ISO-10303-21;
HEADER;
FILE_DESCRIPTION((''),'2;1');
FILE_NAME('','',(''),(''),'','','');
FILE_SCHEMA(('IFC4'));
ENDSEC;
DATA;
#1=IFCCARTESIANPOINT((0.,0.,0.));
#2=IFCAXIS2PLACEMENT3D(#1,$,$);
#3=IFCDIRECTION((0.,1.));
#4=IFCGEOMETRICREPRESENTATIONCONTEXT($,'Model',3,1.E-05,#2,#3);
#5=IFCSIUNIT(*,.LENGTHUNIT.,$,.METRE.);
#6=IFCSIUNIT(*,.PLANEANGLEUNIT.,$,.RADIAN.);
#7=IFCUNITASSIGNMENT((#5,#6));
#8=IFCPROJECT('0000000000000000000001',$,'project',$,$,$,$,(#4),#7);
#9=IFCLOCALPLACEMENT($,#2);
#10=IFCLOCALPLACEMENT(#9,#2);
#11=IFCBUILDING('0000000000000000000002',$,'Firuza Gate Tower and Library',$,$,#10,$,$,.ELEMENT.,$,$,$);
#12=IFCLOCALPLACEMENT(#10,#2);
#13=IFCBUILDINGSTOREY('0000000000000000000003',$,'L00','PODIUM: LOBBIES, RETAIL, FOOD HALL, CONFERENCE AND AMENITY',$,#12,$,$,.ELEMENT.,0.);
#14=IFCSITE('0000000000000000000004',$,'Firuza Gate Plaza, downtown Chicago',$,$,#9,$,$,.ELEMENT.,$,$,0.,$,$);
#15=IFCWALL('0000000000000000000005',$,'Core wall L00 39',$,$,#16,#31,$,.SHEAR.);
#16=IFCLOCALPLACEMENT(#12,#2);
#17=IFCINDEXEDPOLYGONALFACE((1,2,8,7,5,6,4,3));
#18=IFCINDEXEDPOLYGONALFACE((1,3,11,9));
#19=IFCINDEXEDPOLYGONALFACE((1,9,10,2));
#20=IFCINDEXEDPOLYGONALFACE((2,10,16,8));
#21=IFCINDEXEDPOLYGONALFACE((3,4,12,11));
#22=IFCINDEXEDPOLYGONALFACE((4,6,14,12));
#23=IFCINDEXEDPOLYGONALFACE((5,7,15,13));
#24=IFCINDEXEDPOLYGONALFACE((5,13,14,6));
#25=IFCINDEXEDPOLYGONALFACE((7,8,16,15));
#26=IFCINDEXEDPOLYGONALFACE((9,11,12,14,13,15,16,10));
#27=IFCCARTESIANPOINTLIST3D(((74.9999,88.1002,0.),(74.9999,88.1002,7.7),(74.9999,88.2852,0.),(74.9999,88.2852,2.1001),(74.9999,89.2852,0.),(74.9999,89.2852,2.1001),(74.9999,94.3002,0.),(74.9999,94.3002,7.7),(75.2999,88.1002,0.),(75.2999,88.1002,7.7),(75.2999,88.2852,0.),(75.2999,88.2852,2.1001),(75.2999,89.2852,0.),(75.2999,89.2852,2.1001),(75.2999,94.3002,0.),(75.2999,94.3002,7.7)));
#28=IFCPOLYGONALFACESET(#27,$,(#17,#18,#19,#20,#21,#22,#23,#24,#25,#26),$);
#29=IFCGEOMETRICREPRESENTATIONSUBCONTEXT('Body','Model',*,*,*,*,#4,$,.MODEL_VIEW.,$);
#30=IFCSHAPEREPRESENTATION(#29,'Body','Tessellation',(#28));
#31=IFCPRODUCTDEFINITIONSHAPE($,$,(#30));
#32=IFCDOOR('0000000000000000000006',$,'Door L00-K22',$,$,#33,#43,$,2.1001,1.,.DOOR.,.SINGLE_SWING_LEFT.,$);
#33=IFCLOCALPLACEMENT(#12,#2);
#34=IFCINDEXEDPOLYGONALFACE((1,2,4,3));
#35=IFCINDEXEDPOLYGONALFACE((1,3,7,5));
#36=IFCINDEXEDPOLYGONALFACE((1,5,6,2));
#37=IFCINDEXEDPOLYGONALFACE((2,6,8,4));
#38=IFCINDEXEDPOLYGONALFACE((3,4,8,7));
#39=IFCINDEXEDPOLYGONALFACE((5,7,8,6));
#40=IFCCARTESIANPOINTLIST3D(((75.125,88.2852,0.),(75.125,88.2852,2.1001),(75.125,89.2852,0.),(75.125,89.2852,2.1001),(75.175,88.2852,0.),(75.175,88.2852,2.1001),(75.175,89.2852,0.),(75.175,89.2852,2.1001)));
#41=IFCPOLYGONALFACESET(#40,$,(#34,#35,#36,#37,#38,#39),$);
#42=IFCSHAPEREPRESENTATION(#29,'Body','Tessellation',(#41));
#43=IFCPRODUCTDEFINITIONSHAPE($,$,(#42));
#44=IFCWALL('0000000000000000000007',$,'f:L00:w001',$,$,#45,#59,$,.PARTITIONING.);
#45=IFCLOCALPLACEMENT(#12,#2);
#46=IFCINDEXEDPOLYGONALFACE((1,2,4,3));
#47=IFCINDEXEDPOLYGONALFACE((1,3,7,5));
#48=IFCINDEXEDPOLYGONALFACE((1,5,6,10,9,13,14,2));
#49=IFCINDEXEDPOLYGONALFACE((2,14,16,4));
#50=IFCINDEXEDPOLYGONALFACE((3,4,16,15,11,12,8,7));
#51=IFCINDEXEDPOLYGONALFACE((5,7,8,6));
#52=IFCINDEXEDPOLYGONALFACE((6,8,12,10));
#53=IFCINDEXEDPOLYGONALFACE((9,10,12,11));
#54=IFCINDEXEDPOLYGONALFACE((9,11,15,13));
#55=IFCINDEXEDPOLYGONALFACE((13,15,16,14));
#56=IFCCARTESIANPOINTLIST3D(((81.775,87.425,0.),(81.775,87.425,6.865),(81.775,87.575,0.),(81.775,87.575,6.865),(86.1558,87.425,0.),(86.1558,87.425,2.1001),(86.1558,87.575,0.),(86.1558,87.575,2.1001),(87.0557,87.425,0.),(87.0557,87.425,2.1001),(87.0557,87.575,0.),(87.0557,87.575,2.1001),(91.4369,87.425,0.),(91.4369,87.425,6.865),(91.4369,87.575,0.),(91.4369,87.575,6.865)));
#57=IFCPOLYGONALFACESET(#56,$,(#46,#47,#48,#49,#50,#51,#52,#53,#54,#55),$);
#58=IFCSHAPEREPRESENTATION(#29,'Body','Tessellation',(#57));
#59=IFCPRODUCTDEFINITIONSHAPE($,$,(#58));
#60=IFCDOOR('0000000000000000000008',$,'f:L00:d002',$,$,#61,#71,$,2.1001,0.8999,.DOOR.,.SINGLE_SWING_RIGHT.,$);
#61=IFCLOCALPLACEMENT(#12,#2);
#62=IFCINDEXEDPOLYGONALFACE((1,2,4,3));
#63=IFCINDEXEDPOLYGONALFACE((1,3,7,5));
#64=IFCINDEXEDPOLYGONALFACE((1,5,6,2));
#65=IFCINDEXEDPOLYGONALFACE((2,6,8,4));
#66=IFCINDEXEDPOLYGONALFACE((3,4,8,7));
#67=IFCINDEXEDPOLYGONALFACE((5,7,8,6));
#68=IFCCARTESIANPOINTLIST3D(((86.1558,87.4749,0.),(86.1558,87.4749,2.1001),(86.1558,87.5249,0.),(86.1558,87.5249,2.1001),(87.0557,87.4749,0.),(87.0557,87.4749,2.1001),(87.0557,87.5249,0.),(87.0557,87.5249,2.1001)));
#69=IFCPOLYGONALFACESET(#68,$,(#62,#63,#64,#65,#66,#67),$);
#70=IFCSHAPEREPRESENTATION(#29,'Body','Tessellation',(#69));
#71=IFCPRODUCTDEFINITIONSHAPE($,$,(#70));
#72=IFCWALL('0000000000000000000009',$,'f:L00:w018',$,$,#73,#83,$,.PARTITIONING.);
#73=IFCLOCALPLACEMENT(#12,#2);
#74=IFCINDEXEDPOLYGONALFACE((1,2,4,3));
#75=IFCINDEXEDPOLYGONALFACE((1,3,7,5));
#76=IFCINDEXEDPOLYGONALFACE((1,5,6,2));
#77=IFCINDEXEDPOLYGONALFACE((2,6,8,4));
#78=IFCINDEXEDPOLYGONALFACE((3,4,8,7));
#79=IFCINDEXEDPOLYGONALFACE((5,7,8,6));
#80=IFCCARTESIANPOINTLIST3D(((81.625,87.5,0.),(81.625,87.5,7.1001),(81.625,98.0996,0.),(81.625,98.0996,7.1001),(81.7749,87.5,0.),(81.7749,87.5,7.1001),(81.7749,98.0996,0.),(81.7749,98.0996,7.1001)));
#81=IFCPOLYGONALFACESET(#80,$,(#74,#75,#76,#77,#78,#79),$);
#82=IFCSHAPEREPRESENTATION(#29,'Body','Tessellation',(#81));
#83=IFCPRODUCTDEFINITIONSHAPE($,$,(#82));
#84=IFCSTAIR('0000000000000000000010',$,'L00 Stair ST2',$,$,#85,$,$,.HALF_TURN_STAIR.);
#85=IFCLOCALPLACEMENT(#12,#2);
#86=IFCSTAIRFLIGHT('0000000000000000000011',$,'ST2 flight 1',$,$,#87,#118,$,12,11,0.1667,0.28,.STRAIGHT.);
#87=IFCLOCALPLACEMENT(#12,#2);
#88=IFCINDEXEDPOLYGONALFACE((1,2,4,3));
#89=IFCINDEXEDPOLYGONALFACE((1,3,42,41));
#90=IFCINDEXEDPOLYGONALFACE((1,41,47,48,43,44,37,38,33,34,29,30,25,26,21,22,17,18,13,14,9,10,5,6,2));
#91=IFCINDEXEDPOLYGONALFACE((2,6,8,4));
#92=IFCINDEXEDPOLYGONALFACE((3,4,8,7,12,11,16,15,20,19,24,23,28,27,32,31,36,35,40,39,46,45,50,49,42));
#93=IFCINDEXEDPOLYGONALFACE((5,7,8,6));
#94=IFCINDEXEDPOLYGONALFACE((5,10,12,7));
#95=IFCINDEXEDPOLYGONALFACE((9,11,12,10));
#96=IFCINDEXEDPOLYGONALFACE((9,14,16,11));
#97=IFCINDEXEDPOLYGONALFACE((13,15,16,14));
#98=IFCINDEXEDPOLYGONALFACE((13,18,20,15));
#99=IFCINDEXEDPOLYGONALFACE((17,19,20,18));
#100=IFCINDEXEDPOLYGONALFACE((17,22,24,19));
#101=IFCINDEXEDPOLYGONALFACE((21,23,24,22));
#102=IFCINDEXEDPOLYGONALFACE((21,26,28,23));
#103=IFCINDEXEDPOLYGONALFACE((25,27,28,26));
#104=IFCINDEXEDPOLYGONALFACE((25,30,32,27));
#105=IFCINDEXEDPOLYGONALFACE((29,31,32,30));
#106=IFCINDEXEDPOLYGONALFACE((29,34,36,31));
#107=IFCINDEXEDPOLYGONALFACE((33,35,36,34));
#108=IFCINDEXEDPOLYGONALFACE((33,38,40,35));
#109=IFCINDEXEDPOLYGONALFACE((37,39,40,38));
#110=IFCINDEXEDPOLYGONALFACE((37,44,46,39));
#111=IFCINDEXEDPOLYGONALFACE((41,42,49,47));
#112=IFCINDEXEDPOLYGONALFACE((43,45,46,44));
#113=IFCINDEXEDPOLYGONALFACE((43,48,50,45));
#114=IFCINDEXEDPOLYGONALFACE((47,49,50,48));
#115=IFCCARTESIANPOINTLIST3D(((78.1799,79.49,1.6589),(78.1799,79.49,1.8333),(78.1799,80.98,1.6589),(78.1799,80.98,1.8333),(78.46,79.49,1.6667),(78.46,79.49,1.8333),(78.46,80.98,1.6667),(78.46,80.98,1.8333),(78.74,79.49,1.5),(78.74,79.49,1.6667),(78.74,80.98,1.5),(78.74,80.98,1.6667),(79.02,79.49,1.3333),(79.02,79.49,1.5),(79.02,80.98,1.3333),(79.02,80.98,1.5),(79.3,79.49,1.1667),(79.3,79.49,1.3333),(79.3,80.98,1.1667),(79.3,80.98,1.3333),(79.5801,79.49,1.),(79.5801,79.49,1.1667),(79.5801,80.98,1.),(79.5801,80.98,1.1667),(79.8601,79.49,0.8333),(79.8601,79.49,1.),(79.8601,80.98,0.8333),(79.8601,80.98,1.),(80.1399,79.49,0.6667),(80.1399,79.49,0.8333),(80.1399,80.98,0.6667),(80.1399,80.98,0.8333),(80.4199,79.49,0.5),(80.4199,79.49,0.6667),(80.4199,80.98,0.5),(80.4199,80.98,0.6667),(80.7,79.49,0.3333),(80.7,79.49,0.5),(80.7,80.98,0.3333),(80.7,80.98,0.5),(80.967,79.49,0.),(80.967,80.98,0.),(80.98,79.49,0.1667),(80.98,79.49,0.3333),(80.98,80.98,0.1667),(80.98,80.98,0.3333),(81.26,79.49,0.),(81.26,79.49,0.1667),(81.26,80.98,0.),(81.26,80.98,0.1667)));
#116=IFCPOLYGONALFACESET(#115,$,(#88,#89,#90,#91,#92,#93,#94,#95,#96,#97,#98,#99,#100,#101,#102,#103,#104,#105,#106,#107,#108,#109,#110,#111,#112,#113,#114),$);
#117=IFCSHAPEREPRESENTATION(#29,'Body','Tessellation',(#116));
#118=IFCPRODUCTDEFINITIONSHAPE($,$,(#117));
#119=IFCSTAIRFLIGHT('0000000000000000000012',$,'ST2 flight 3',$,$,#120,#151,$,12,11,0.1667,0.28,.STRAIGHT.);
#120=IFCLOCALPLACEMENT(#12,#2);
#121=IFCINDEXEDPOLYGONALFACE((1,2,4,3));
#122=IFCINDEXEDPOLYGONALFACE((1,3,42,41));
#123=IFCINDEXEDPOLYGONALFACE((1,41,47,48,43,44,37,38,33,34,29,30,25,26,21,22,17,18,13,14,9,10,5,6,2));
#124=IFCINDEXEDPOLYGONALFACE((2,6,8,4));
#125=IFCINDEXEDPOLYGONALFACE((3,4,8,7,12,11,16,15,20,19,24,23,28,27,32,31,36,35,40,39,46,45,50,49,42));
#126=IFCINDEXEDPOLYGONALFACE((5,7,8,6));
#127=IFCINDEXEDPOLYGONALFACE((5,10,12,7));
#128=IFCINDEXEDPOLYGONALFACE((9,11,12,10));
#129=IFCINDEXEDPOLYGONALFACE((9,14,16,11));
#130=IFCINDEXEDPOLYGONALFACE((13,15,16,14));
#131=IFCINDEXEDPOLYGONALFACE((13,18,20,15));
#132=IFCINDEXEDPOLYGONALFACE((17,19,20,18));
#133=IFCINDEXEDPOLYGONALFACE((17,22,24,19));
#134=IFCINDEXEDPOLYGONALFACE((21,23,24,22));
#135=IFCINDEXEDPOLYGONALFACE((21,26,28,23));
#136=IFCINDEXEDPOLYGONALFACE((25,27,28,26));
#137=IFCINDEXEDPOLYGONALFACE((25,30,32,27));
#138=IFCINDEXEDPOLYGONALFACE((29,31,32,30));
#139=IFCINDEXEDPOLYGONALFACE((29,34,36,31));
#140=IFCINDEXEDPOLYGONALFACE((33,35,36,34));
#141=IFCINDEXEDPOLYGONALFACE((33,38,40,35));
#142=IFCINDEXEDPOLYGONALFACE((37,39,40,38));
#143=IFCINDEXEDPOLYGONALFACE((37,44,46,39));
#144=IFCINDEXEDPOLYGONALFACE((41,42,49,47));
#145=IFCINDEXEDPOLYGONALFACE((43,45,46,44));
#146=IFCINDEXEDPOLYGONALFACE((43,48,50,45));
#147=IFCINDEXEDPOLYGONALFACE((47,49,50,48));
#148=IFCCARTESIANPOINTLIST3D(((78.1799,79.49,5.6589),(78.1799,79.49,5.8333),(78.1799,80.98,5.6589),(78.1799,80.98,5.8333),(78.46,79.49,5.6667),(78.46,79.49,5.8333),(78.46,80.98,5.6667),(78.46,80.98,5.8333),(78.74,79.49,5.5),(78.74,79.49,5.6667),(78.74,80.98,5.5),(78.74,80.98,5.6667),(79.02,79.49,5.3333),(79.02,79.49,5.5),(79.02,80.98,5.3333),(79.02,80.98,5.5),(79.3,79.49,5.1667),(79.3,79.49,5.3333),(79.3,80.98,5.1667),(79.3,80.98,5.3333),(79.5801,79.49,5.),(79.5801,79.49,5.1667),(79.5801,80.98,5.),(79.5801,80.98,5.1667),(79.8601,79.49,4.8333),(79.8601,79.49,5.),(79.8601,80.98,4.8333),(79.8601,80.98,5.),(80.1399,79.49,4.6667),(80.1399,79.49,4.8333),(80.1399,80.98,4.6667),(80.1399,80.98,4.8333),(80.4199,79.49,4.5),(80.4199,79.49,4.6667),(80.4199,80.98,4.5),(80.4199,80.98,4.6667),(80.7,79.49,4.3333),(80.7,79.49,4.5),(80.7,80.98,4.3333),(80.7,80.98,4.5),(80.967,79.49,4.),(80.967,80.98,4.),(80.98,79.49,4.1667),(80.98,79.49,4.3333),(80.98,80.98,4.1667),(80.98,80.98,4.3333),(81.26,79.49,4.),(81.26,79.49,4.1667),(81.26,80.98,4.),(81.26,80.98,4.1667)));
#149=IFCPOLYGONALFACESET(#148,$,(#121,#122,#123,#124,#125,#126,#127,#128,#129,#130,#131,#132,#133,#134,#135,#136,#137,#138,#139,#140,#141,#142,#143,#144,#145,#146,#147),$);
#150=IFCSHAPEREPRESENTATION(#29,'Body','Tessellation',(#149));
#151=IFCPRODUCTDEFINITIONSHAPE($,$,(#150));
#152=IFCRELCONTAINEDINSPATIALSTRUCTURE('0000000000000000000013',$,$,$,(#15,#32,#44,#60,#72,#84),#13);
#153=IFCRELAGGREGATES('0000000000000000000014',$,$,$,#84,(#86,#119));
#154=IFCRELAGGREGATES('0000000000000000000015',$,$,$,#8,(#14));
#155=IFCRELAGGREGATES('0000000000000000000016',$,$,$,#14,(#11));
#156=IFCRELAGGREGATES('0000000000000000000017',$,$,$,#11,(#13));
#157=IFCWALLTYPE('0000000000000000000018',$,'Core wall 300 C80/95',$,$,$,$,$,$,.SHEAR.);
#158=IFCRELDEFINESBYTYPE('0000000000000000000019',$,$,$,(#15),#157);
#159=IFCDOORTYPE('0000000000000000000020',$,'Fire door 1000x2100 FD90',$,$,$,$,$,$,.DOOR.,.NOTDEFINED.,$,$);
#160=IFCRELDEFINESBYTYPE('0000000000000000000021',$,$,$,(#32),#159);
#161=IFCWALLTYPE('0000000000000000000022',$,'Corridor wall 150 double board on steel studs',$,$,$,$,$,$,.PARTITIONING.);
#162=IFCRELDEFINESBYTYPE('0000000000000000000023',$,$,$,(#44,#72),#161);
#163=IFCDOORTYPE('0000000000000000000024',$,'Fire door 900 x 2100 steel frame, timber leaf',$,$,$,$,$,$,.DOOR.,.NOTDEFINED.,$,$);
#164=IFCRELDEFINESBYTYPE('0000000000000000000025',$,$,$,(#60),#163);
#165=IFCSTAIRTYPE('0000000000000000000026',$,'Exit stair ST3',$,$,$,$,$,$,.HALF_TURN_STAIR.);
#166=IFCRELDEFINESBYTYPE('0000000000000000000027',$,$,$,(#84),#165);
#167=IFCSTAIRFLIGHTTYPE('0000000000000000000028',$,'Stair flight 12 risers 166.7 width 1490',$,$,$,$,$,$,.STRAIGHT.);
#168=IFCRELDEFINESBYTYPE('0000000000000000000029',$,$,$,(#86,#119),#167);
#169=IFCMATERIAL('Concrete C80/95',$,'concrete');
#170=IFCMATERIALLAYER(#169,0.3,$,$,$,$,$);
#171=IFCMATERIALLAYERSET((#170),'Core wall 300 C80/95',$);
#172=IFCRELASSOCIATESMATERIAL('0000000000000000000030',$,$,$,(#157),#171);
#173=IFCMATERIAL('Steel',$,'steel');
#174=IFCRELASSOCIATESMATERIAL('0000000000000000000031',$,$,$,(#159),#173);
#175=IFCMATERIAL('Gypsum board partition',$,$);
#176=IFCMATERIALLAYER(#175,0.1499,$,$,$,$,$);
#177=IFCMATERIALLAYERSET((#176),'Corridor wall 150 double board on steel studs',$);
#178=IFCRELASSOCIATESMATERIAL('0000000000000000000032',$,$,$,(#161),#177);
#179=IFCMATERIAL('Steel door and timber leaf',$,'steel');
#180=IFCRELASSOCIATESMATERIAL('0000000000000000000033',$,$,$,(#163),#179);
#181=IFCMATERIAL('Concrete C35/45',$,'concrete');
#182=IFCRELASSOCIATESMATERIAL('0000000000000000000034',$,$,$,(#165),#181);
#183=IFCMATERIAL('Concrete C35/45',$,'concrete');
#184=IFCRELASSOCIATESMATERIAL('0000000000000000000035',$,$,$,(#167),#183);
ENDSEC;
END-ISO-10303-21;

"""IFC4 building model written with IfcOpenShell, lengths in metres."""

from ifc_helpers import new_model, si_unit, direction, frame, frame_2d, origin, place, context, subcontext, project, spatial, polyline, rectangle, outline, extrude, material, layer, layer_set, type_object, element, fill, aggregate, save


model = new_model("IFC4")

# Units and contexts
model_context = context("Model", 3, precision=1e-05, world=origin(), true_north=direction((0.0, 1.0)))
body_context = subcontext(model_context, "Body", "Model", "MODEL_VIEW")
ifc_project = project(units=[si_unit("LENGTHUNIT", "METRE"), si_unit("PLANEANGLEUNIT", "RADIAN")], contexts=[model_context])

# Site, building, storey
site_placement = place(None, origin())
site = spatial("IfcSite", under=ifc_project, at=site_placement, Name="Firuza Gate Plaza, downtown Chicago", CompositionType="ELEMENT", RefElevation=0.0)
building_placement = place(site_placement, origin())
building = spatial("IfcBuilding", under=site, at=building_placement, Name="Firuza Gate Tower and Library", CompositionType="ELEMENT")
storey_placement = place(building_placement, origin())
storey = spatial("IfcBuildingStorey", under=building, at=storey_placement, Name="L00", Description="PODIUM: LOBBIES, RETAIL, FOOD HALL, CONFERENCE AND AMENITY", CompositionType="ELEMENT", Elevation=0.0)

# Shared definitions
ifc_material_1 = material(Name="Concrete C80/95", Category="concrete")
ifc_layer_1 = layer(ifc_material_1, 0.3)
ifc_layer_set_1 = layer_set([ifc_layer_1], Name="Core wall 300 C80/95")
wall_type_1 = type_object("IfcWallType", Name="Core wall 300 C80/95", PredefinedType="SHEAR", material=ifc_layer_set_1)
ifc_material_2 = material(Name="Steel", Category="steel")
door_type_1 = type_object("IfcDoorType", Name="Fire door 1000x2100 FD90", OperationType="NOTDEFINED", PredefinedType="DOOR", material=ifc_material_2)

# Walls, openings, doors
wall_1_placement = place(storey_placement, frame((75.1499, 88.1001, 0.0), z_axis=(0.0, 0.0, 1.0), x_axis=(0.0, 1.0, 0.0)))
wall_1 = element("IfcWall", 1, at=wall_1_placement, inside=storey, type_object=wall_type_1, Name="Core wall L00 39", PredefinedType="SHEAR", context=body_context, shape_type="SweptSolid", body=[
    extrude(rectangle(XDim=6.2, YDim=0.3, at=frame_2d((3.1001, 0.0))), origin(), (0.0, 0.0, 1.0), 7.7),
])
opening_1_placement = place(wall_1_placement, frame((0.1851, 0.0, 0.0)))
opening_1 = element("IfcOpeningElement", 2, at=opening_1_placement, cuts=wall_1, PredefinedType="OPENING", context=body_context, shape_type="SweptSolid", body=[
    extrude(rectangle(XDim=1.0, YDim=2.1001, at=frame_2d((0.5, 1.05))), frame((0.0, 0.1602, 0.0), z_axis=(0.0, -1.0, 0.0), x_axis=(1.0, 0.0, 0.0)), (0.0, 0.0, 1.0), 0.3201),
])
door_1_placement = place(opening_1_placement, origin())
door_1 = element("IfcDoor", 3, at=door_1_placement, inside=storey, type_object=door_type_1, Name="Door L00-K22", OperationType="SINGLE_SWING_LEFT", OverallHeight=2.1001, OverallWidth=1.0, PredefinedType="DOOR", context=body_context, shape_type="SweptSolid", body=[
    extrude(rectangle(XDim=1.0, YDim=2.1001, at=frame_2d((0.5, 1.05))), frame((0.0, 0.0249, 0.0), z_axis=(0.0, -1.0, 0.0), x_axis=(1.0, 0.0, 0.0)), (0.0, 0.0, 1.0), 0.05),
])
fill(opening_1, door_1)
ifc_material_3 = material(Name="Gypsum board partition")
ifc_layer_2 = layer(ifc_material_3, 0.1499)
ifc_layer_set_2 = layer_set([ifc_layer_2], Name="Corridor wall 150 double board on steel studs")
wall_type_2 = type_object("IfcWallType", Name="Corridor wall 150 double board on steel studs", PredefinedType="PARTITIONING", material=ifc_layer_set_2)
wall_2_placement = place(storey_placement, frame((81.7749, 87.5, 0.0), z_axis=(0.0, 0.0, 1.0), x_axis=(1.0, 0.0, 0.0)))
wall_2 = element("IfcWall", 4, at=wall_2_placement, inside=storey, type_object=wall_type_2, Name="f:L00:w001", PredefinedType="PARTITIONING", context=body_context, shape_type="SweptSolid", body=[
    extrude(rectangle(XDim=9.6619, YDim=0.1499, at=frame_2d((4.8311, 0.0))), origin(), (0.0, 0.0, 1.0), 6.865),
])
opening_2_placement = place(wall_2_placement, frame((4.3809, 0.0, 0.0)))
opening_2 = element("IfcOpeningElement", 5, at=opening_2_placement, cuts=wall_2, PredefinedType="OPENING", context=body_context, shape_type="SweptSolid", body=[
    extrude(rectangle(XDim=0.8999, YDim=2.1001, at=frame_2d((0.45, 1.05))), frame((0.0, 0.085, 0.0), z_axis=(0.0, -1.0, 0.0), x_axis=(1.0, 0.0, 0.0)), (0.0, 0.0, 1.0), 0.1699),
])
ifc_material_4 = material(Name="Steel door and timber leaf", Category="steel")
door_type_2 = type_object("IfcDoorType", Name="Fire door 900 x 2100 steel frame, timber leaf", OperationType="NOTDEFINED", PredefinedType="DOOR", material=ifc_material_4)
door_2_placement = place(opening_2_placement, origin())
door_2 = element("IfcDoor", 6, at=door_2_placement, inside=storey, type_object=door_type_2, Name="f:L00:d002", OperationType="SINGLE_SWING_RIGHT", OverallHeight=2.1001, OverallWidth=0.8999, PredefinedType="DOOR", context=body_context, shape_type="SweptSolid", body=[
    extrude(rectangle(XDim=0.8999, YDim=2.1001, at=frame_2d((0.45, 1.05))), frame((0.0, 0.0249, 0.0), z_axis=(0.0, -1.0, 0.0), x_axis=(1.0, 0.0, 0.0)), (0.0, 0.0, 1.0), 0.05),
])
fill(opening_2, door_2)

# Wall
wall_3_placement = place(storey_placement, frame((81.7, 87.5, 0.0), z_axis=(0.0, 0.0, 1.0), x_axis=(0.0, 1.0, 0.0)))
element("IfcWall", 7, at=wall_3_placement, inside=storey, type_object=wall_type_2, Name="f:L00:w018", PredefinedType="PARTITIONING", context=body_context, shape_type="SweptSolid", body=[
    extrude(rectangle(XDim=10.5996, YDim=0.1499, at=frame_2d((5.2998, 0.0))), origin(), (0.0, 0.0, 1.0), 7.1001),
])

# Stair, stair flights
ifc_material_5 = material(Name="Concrete C35/45", Category="concrete")
stair_type = type_object("IfcStairType", Name="Exit stair ST3", PredefinedType="HALF_TURN_STAIR", material=ifc_material_5)
stair_placement = place(storey_placement, origin())
stair = element("IfcStair", 8, at=stair_placement, inside=storey, type_object=stair_type, Name="L00 Stair ST2", PredefinedType="HALF_TURN_STAIR")
ifc_material_6 = material(Name="Concrete C35/45", Category="concrete")
stair_flight_type = type_object("IfcStairFlightType", Name="Stair flight 12 risers 166.7 width 1490", PredefinedType="STRAIGHT", material=ifc_material_6)
stair_flight_1_placement = place(storey_placement, frame((81.26, 80.2351, 0.0), z_axis=(0.0, 0.0, 1.0), x_axis=(-1.0, 0.0, 0.0)))
stair_flight_1 = element("IfcStairFlight", 9, at=stair_flight_1_placement, type_object=stair_flight_type, Name="ST2 flight 1", NumberOfRisers=12, NumberOfTreads=11, PredefinedType="STRAIGHT", RiserHeight=0.1667, TreadLength=0.28, context=body_context, shape_type="SweptSolid", body=[
    extrude(outline(polyline([(0.0, 0.0), (0.0, 0.1667), (0.28, 0.1667), (0.28, 0.3333), (0.5601, 0.3333), (0.5601, 0.5), (0.8401, 0.5), (0.8401, 0.6667), (1.1201, 0.6667), (1.1201, 0.8333), (1.3999, 0.8333), (1.3999, 1.0), (1.6799, 1.0), (1.6799, 1.1667), (1.96, 1.1667), (1.96, 1.3333), (2.24, 1.3333), (2.24, 1.5), (2.52, 1.5), (2.52, 1.6667), (2.8, 1.6667), (2.8, 1.8333), (3.0801, 1.8333), (3.0801, 2.0), (3.0801, 1.6589), (0.293, 0.0), (0.0, 0.0)])), frame((0.0, 0.7451, 0.0), z_axis=(0.0, -1.0, 0.0), x_axis=(1.0, 0.0, 0.0)), (0.0, 0.0, 1.0), 1.49),
])
stair_flight_2_placement = place(storey_placement, frame((81.26, 80.2351, 4.0), z_axis=(0.0, 0.0, 1.0), x_axis=(-1.0, 0.0, 0.0)))
stair_flight_2 = element("IfcStairFlight", 10, at=stair_flight_2_placement, type_object=stair_flight_type, Name="ST2 flight 3", NumberOfRisers=12, NumberOfTreads=11, PredefinedType="STRAIGHT", RiserHeight=0.1667, TreadLength=0.28, context=body_context, shape_type="SweptSolid", body=[
    extrude(outline(polyline([(0.0, 0.0), (0.0, 0.1667), (0.28, 0.1667), (0.28, 0.3333), (0.5601, 0.3333), (0.5601, 0.5), (0.8401, 0.5), (0.8401, 0.6667), (1.1201, 0.6667), (1.1201, 0.8333), (1.3999, 0.8333), (1.3999, 1.0), (1.6799, 1.0), (1.6799, 1.1667), (1.96, 1.1667), (1.96, 1.3333), (2.24, 1.3333), (2.24, 1.5), (2.52, 1.5), (2.52, 1.6667), (2.8, 1.6667), (2.8, 1.8333), (3.0801, 1.8333), (3.0801, 2.0), (3.0801, 1.6589), (0.293, 0.0), (0.0, 0.0)])), frame((0.0, 0.7451, 0.0), z_axis=(0.0, -1.0, 0.0), x_axis=(1.0, 0.0, 0.0)), (0.0, 0.0, 1.0), 1.49),
])
aggregate(stair, [stair_flight_1, stair_flight_2])

save(model, "model.ifc")
